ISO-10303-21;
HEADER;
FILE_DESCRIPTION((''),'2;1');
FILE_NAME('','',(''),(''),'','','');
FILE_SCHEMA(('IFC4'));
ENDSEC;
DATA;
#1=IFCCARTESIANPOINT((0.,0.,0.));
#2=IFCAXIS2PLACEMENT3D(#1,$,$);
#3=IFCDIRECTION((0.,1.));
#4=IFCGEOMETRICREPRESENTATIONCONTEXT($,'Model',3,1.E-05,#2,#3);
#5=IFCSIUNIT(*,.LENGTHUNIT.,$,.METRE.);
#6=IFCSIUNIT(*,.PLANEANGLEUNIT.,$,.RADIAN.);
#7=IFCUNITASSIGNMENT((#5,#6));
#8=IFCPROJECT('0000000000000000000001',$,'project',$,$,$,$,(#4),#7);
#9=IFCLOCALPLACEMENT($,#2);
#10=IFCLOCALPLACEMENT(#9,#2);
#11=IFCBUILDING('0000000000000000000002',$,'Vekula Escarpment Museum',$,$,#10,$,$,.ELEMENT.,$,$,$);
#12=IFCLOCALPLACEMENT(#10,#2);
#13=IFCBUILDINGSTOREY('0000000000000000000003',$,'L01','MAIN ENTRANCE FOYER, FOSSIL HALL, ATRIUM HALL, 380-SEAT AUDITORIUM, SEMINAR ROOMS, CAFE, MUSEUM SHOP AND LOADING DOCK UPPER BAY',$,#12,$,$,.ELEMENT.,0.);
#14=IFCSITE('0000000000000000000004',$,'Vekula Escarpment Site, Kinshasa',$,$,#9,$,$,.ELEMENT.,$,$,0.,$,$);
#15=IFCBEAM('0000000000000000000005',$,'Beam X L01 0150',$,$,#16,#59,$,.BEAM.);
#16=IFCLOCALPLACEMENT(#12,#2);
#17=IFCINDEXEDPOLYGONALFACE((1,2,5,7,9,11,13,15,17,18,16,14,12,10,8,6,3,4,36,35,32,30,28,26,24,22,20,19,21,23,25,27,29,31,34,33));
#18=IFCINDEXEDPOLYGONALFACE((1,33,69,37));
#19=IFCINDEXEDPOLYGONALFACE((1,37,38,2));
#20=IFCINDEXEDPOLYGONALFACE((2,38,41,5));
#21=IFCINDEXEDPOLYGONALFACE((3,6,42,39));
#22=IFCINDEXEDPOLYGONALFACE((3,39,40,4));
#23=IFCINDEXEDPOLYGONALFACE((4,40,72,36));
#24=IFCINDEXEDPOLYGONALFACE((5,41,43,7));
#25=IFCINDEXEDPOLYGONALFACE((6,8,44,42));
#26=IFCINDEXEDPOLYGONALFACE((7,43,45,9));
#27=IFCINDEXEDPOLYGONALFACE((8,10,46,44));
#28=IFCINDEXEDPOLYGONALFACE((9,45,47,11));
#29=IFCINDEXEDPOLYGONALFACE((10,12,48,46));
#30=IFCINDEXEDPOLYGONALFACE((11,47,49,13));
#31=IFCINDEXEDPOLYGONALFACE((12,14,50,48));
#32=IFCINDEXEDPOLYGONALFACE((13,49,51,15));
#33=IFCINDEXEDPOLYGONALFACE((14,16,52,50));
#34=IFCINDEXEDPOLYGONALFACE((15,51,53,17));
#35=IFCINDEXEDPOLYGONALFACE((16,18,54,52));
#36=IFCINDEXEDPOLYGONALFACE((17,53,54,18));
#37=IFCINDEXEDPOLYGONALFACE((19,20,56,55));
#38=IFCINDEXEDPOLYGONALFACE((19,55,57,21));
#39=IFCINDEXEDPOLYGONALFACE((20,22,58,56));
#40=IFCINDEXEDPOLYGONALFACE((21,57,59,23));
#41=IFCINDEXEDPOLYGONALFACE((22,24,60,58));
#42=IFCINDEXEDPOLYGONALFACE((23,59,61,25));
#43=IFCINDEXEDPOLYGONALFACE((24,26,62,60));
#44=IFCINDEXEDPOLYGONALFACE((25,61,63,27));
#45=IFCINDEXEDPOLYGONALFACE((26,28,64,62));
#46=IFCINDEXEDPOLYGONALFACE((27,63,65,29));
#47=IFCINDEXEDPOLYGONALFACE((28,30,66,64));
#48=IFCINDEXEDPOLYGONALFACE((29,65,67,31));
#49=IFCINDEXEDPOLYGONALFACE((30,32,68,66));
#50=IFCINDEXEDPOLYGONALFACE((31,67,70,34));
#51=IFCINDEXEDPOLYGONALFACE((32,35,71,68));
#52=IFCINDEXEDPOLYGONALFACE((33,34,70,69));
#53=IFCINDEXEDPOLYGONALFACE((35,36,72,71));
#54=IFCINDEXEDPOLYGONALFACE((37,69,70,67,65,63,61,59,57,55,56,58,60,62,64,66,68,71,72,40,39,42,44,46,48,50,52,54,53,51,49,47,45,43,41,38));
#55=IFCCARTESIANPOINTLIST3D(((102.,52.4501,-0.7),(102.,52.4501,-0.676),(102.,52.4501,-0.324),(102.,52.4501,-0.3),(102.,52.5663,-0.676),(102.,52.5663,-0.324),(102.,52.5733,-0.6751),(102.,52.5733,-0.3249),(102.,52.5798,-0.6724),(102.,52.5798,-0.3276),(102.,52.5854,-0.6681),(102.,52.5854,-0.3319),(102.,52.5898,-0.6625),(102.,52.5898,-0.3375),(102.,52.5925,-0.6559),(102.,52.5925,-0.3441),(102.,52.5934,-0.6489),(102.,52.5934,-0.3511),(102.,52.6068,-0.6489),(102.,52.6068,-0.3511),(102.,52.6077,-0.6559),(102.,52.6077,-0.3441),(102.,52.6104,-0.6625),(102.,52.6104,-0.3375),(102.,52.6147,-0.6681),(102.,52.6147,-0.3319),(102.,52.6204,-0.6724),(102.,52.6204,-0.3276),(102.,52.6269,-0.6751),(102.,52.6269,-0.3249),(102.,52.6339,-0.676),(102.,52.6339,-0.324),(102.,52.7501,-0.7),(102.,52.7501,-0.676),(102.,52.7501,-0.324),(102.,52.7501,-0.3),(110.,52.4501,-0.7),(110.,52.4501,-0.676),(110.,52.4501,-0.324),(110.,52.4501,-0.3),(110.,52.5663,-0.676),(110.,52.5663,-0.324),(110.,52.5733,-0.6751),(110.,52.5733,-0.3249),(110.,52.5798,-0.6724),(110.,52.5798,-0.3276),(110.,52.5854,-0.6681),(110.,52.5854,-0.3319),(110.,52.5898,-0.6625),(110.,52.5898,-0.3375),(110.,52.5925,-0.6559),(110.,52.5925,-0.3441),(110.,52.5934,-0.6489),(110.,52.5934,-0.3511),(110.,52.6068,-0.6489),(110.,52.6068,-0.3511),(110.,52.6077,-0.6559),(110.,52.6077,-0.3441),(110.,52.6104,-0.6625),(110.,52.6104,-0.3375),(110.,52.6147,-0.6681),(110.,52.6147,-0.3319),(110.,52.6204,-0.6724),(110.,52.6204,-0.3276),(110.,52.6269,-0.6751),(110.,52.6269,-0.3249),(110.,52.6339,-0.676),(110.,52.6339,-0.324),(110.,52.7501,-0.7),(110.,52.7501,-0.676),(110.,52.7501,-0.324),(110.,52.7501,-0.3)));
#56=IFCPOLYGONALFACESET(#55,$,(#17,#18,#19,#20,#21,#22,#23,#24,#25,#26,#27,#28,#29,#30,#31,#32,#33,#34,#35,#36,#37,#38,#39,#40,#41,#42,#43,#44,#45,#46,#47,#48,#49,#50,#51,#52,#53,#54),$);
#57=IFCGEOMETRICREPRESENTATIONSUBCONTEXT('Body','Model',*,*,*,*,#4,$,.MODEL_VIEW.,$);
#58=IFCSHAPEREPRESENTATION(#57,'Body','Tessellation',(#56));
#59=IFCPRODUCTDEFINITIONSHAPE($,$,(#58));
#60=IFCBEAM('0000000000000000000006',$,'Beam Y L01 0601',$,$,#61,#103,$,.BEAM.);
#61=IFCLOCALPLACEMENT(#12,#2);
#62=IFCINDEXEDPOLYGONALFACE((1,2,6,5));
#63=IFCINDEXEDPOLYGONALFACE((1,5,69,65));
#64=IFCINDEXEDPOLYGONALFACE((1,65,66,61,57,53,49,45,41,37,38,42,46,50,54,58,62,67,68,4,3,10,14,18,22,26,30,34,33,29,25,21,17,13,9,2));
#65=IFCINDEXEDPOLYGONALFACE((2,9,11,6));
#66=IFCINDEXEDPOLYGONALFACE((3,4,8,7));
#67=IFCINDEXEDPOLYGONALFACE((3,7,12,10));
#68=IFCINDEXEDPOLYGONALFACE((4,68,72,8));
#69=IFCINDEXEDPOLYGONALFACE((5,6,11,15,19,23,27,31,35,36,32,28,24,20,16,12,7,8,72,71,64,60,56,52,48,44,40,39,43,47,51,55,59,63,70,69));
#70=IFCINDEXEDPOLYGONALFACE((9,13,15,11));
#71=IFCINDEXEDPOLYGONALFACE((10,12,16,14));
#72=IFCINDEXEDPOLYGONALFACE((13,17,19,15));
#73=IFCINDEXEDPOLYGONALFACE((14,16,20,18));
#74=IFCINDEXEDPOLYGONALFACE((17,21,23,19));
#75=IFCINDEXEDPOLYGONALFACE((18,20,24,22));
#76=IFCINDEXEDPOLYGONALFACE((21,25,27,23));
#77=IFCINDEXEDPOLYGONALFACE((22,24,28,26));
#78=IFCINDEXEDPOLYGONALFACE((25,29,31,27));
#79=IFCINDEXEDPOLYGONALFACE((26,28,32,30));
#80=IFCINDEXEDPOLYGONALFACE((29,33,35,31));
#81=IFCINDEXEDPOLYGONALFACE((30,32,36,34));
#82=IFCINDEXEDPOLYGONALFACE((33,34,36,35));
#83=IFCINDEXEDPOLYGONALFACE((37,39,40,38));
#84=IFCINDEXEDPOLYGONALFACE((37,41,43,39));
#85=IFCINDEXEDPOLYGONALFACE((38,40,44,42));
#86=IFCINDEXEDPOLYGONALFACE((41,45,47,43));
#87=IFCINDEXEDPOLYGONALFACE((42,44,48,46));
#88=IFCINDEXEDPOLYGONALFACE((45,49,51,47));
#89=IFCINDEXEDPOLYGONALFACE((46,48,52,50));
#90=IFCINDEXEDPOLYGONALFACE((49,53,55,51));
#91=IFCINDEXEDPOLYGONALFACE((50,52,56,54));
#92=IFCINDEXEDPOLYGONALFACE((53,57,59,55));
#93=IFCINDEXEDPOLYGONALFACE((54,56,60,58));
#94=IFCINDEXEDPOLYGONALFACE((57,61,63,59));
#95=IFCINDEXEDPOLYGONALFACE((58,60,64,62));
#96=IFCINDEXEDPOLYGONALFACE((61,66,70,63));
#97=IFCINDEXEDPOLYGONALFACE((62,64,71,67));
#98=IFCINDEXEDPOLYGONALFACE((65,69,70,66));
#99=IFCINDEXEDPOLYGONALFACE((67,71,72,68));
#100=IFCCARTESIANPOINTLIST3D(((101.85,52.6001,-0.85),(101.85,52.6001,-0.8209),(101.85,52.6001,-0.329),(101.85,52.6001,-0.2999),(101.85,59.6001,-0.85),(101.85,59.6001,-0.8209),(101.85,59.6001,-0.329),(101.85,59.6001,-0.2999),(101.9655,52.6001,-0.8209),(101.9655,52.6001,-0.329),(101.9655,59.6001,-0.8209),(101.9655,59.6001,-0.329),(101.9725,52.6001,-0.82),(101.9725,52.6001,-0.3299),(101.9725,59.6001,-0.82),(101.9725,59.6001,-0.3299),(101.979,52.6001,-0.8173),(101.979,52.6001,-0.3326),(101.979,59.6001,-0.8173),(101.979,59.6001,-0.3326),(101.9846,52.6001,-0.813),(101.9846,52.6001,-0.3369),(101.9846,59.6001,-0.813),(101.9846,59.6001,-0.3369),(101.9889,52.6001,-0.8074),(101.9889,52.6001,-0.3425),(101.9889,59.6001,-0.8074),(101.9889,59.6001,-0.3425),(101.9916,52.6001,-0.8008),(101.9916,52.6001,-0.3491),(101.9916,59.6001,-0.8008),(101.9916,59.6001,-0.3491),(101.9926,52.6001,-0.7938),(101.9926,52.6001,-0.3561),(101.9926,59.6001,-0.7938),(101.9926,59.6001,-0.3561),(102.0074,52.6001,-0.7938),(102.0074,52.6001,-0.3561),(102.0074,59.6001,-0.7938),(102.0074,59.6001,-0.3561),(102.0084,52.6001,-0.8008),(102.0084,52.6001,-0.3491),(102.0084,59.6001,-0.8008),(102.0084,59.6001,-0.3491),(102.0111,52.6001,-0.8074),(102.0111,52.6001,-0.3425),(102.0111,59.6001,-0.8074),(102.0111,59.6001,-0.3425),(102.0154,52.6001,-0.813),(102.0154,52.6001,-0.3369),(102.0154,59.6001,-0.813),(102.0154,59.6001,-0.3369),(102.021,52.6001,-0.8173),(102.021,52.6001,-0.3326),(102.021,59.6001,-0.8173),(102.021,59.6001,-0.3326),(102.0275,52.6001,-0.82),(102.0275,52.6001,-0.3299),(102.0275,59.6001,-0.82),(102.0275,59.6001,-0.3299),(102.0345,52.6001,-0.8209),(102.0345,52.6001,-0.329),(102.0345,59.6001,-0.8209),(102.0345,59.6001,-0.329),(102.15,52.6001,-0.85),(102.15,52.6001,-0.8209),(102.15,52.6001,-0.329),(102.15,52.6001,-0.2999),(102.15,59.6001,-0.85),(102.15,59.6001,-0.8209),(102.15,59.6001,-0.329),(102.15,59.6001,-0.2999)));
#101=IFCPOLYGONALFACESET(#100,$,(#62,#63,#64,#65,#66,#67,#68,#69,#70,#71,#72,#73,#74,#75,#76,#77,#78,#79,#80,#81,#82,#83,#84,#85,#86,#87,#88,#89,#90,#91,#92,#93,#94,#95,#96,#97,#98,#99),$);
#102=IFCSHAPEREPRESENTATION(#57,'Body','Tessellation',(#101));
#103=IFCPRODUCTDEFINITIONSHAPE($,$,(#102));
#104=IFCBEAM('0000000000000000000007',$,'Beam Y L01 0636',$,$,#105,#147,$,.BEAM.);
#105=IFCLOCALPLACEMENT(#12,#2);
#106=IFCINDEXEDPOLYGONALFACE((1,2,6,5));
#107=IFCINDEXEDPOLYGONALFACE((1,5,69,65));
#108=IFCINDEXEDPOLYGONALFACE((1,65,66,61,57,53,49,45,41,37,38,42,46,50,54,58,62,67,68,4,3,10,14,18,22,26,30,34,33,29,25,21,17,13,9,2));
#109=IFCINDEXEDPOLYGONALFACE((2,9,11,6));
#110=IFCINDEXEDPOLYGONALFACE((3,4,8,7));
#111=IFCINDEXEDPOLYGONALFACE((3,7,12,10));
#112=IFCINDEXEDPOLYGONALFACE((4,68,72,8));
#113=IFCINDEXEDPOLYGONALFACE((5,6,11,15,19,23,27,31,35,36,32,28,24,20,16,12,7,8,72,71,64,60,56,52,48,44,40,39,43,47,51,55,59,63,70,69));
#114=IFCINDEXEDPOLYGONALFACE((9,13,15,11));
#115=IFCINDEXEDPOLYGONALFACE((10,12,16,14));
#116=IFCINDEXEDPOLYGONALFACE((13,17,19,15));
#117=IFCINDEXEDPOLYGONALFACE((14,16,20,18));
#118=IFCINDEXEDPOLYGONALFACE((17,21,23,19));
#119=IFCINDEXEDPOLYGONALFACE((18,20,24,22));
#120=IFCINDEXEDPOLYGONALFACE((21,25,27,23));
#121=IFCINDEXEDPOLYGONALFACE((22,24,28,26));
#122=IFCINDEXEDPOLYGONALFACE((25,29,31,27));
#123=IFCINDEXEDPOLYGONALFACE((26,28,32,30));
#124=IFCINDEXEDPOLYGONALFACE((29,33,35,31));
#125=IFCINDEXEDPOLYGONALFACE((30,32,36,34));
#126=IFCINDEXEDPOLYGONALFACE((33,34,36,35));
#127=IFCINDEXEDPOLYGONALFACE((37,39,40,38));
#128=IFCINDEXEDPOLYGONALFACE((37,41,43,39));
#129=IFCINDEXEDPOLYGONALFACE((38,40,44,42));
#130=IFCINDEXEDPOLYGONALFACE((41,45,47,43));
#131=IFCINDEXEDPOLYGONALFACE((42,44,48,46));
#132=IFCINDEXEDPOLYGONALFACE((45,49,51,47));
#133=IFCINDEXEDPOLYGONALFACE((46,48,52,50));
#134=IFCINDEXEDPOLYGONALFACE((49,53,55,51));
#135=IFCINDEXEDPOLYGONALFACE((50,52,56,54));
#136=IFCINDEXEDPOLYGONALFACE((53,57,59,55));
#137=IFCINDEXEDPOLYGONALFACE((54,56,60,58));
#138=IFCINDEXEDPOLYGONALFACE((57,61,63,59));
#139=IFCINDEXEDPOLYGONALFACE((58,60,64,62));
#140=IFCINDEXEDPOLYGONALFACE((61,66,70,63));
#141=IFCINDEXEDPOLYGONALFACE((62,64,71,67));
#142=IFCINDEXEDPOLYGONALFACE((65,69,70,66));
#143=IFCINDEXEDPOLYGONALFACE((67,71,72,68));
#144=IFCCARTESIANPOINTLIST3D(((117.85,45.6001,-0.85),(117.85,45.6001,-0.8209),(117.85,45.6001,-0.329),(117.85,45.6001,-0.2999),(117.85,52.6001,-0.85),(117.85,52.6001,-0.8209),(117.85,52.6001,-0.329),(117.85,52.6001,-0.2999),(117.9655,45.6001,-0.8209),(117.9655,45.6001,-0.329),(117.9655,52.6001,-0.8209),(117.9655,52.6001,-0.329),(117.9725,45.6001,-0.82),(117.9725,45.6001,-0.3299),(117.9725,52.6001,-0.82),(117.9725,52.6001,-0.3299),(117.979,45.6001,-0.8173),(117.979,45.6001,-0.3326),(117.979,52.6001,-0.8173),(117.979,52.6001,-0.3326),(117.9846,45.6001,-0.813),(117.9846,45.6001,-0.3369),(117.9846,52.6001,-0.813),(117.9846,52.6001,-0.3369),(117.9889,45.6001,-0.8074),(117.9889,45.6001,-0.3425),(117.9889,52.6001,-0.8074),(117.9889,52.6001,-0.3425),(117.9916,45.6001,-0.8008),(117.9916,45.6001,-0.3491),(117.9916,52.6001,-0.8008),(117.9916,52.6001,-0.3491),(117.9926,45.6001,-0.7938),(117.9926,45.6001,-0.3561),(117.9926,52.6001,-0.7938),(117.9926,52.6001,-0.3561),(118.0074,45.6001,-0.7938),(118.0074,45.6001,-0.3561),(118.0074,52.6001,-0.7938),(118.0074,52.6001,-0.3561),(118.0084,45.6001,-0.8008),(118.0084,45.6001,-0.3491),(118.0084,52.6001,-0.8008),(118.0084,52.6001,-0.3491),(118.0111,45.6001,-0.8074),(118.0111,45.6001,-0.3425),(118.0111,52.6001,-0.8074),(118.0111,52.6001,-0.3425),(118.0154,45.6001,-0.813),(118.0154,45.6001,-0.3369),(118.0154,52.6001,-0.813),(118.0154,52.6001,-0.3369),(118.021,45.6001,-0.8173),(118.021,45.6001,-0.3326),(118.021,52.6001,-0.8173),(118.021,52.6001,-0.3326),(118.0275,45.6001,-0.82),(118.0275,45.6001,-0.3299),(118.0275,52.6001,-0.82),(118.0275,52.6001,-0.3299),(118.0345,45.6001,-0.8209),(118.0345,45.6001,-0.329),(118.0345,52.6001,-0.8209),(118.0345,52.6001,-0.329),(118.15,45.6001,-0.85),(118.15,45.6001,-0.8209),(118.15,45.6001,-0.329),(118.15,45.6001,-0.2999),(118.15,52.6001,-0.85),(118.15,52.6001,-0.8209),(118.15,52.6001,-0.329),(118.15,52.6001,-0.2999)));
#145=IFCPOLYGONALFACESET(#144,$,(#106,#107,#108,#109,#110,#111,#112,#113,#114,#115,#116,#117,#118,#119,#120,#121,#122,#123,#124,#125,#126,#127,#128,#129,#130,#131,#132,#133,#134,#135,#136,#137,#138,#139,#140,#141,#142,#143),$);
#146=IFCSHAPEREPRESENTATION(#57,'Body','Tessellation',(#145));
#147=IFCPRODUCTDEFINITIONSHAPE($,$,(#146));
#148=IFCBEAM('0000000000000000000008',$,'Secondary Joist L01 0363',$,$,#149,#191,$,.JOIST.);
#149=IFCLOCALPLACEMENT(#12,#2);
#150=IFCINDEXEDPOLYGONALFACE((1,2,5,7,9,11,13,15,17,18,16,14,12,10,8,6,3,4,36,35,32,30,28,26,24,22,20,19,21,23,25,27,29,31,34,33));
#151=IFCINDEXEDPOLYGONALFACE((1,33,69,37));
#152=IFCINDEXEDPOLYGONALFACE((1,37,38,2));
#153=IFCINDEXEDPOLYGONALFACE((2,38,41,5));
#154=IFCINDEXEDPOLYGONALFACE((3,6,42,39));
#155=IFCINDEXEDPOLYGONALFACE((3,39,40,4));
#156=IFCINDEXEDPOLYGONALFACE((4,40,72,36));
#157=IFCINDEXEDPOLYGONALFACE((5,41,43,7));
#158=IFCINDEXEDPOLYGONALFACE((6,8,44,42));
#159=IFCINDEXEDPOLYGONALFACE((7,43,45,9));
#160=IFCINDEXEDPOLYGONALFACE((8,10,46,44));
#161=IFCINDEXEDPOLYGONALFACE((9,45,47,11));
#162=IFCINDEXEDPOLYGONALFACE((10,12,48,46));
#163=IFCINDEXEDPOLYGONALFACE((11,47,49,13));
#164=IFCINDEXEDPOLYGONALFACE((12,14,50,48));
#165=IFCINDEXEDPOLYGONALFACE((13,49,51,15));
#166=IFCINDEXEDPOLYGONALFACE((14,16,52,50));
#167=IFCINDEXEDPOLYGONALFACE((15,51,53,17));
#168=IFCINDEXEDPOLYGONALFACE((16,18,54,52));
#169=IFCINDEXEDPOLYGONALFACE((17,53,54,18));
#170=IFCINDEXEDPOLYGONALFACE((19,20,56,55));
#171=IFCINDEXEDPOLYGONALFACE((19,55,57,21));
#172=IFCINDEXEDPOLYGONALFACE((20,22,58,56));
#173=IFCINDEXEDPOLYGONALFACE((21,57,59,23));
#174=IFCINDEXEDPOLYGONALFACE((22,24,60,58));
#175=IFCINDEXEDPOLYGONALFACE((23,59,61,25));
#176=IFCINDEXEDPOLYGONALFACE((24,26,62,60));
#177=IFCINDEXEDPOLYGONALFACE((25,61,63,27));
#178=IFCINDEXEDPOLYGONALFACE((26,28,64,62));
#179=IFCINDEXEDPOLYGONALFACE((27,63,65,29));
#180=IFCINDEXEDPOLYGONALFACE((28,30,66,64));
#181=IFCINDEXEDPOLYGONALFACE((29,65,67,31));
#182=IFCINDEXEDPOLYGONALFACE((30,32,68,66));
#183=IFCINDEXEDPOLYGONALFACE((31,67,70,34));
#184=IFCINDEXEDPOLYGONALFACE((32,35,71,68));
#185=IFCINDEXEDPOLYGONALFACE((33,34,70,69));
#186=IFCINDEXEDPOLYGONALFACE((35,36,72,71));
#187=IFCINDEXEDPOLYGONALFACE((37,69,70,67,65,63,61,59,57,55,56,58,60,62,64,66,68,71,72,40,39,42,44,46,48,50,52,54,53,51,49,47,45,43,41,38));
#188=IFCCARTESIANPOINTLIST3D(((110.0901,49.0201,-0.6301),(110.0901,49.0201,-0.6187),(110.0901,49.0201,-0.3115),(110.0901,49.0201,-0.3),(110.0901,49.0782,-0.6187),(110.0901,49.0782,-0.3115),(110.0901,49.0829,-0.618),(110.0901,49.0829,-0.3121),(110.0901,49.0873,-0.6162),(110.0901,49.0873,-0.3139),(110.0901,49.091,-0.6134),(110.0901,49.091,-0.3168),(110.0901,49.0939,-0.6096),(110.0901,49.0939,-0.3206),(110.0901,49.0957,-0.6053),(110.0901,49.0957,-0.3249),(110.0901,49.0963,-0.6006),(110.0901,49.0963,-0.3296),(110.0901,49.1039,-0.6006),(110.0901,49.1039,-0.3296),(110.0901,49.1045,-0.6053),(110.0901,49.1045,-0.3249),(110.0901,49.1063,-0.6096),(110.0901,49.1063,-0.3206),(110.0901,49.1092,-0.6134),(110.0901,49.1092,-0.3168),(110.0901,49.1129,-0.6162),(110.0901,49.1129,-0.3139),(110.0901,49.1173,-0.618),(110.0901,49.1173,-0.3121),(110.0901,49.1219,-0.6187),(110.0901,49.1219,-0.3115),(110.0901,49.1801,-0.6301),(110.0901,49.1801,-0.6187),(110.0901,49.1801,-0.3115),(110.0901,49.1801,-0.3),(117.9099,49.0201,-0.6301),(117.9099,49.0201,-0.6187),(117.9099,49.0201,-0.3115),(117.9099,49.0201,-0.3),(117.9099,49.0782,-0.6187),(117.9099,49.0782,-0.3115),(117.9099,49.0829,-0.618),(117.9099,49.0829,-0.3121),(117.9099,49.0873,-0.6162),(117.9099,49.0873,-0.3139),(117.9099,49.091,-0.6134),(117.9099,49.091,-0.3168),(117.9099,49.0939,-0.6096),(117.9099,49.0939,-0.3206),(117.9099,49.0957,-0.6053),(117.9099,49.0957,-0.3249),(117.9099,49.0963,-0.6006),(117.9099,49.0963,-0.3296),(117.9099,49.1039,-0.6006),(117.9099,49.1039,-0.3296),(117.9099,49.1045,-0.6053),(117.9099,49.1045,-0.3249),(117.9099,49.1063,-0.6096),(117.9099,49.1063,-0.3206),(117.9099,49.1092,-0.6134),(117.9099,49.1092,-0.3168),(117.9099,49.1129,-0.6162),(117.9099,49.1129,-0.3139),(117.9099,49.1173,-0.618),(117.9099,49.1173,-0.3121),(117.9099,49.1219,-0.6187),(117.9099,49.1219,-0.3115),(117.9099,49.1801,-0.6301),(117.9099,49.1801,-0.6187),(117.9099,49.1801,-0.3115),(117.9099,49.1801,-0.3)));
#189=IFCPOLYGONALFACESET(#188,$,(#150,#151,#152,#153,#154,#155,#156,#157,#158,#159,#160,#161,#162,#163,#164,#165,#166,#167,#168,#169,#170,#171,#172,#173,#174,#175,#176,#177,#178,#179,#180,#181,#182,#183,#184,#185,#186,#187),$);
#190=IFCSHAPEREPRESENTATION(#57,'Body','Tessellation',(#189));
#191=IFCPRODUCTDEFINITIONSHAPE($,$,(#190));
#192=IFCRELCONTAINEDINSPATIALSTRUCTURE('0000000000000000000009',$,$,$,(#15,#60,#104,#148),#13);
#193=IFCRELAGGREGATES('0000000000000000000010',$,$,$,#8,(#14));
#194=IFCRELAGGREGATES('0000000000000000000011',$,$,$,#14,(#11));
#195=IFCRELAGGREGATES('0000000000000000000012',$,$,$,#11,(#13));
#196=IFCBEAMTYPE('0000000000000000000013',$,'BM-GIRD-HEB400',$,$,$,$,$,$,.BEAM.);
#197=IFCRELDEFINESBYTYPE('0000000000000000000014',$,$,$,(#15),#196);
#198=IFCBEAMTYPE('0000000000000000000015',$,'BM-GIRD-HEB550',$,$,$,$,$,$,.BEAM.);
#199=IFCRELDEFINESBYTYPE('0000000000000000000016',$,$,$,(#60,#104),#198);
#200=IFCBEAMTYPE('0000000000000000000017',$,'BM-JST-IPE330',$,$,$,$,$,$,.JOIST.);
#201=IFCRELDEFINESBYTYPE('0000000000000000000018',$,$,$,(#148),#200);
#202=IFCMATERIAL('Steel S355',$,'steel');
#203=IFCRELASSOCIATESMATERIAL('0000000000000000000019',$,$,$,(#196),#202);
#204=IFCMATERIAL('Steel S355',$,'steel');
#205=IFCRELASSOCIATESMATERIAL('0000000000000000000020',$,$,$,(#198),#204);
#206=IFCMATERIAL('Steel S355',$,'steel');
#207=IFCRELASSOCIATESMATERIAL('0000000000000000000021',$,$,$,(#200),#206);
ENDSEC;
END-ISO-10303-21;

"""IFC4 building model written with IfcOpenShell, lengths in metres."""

from ifc_helpers import new_model, si_unit, direction, frame, origin, origin_2d, place, context, subcontext, project, spatial, i_section, extrude, material, material_profile, profile_set, type_object, element, save


model = new_model("IFC4")

# Units and contexts
model_context = context("Model", 3, precision=1e-05, world=origin(), true_north=direction((0.0, 1.0)))
body_context = subcontext(model_context, "Body", "Model", "MODEL_VIEW")
ifc_project = project(units=[si_unit("LENGTHUNIT", "METRE"), si_unit("PLANEANGLEUNIT", "RADIAN")], contexts=[model_context])

# Site, building, storey
site_placement = place(None, origin())
site = spatial("IfcSite", under=ifc_project, at=site_placement, Name="Vekula Escarpment Site, Kinshasa", CompositionType="ELEMENT", RefElevation=0.0)
building_placement = place(site_placement, origin())
building = spatial("IfcBuilding", under=site, at=building_placement, Name="Vekula Escarpment Museum", CompositionType="ELEMENT")
storey_placement = place(building_placement, origin())
storey = spatial("IfcBuildingStorey", under=building, at=storey_placement, Name="L01", Description="MAIN ENTRANCE FOYER, FOSSIL HALL, ATRIUM HALL, 380-SEAT AUDITORIUM, SEMINAR ROOMS, CAFE, MUSEUM SHOP AND LOADING DOCK UPPER BAY", CompositionType="ELEMENT", Elevation=0.0)

# Beams
ifc_material_1 = material(Name="Steel S355", Category="steel")
ifc_material_profile_1 = material_profile(ifc_material_1, i_section(OverallWidth=0.3, OverallDepth=0.3999, WebThickness=0.0134, FlangeThickness=0.0239, FilletRadius=0.0271, at=origin_2d()), Name="HEB 400")
ifc_profile_set_1 = profile_set([ifc_material_profile_1], Name="Steel S355")
beam_type_1 = type_object("IfcBeamType", Name="BM-GIRD-HEB400", PredefinedType="BEAM", material=ifc_profile_set_1)
beam_1_placement = place(storey_placement, frame((102.0, 52.6001, -0.5), z_axis=(1.0, 0.0, 0.0), x_axis=(0.0, 1.0, 0.0)))
element("IfcBeam", 1, at=beam_1_placement, inside=storey, type_object=beam_type_1, Name="Beam X L01 0150", PredefinedType="BEAM", context=body_context, shape_type="SweptSolid", body=[
    extrude(i_section(OverallWidth=0.3, OverallDepth=0.3999, WebThickness=0.0134, FlangeThickness=0.0239, FilletRadius=0.0271, at=origin_2d()), origin(), (0.0, 0.0, 1.0), 8.0),
])
ifc_material_2 = material(Name="Steel S355", Category="steel")
ifc_material_profile_2 = material_profile(ifc_material_2, i_section(OverallWidth=0.3, OverallDepth=0.55, WebThickness=0.0149, FlangeThickness=0.0291, FilletRadius=0.0271, at=origin_2d()), Name="HEB 550")
ifc_profile_set_2 = profile_set([ifc_material_profile_2], Name="Steel S355")
beam_type_2 = type_object("IfcBeamType", Name="BM-GIRD-HEB550", PredefinedType="BEAM", material=ifc_profile_set_2)
for number, where, z_axis, x_axis, name in (
    (2, (102.0, 52.6001, -0.575), (0.0, 1.0, 0.0), (-1.0, 0.0, 0.0), "Beam Y L01 0601"),
    (3, (118.0, 45.6001, -0.575), (0.0, 1.0, 0.0), (-1.0, 0.0, 0.0), "Beam Y L01 0636"),
):
    element("IfcBeam", number, at=place(storey_placement, frame(where, z_axis=z_axis, x_axis=x_axis)), inside=storey, type_object=beam_type_2, Name=name, PredefinedType="BEAM", context=body_context, shape_type="SweptSolid", body=[
        extrude(i_section(OverallWidth=0.3, OverallDepth=0.55, WebThickness=0.0149, FlangeThickness=0.0291, FilletRadius=0.0271, at=origin_2d()), origin(), (0.0, 0.0, 1.0), 7.0),
    ])
ifc_material_3 = material(Name="Steel S355", Category="steel")
ifc_material_profile_3 = material_profile(ifc_material_3, i_section(OverallWidth=0.1599, OverallDepth=0.3301, WebThickness=0.0076, FlangeThickness=0.0115, FilletRadius=0.0181, at=origin_2d()), Name="IPE 330")
ifc_profile_set_3 = profile_set([ifc_material_profile_3], Name="Steel S355")
beam_type_3 = type_object("IfcBeamType", Name="BM-JST-IPE330", PredefinedType="JOIST", material=ifc_profile_set_3)
beam_2_placement = place(storey_placement, frame((110.0901, 49.1001, -0.4651), z_axis=(1.0, 0.0, 0.0), x_axis=(0.0, 1.0, 0.0)))
element("IfcBeam", 4, at=beam_2_placement, inside=storey, type_object=beam_type_3, Name="Secondary Joist L01 0363", PredefinedType="JOIST", context=body_context, shape_type="SweptSolid", body=[
    extrude(i_section(OverallWidth=0.1599, OverallDepth=0.3301, WebThickness=0.0076, FlangeThickness=0.0115, FilletRadius=0.0181, at=origin_2d()), origin(), (0.0, 0.0, 1.0), 7.8198),
])

save(model, "model.ifc")
